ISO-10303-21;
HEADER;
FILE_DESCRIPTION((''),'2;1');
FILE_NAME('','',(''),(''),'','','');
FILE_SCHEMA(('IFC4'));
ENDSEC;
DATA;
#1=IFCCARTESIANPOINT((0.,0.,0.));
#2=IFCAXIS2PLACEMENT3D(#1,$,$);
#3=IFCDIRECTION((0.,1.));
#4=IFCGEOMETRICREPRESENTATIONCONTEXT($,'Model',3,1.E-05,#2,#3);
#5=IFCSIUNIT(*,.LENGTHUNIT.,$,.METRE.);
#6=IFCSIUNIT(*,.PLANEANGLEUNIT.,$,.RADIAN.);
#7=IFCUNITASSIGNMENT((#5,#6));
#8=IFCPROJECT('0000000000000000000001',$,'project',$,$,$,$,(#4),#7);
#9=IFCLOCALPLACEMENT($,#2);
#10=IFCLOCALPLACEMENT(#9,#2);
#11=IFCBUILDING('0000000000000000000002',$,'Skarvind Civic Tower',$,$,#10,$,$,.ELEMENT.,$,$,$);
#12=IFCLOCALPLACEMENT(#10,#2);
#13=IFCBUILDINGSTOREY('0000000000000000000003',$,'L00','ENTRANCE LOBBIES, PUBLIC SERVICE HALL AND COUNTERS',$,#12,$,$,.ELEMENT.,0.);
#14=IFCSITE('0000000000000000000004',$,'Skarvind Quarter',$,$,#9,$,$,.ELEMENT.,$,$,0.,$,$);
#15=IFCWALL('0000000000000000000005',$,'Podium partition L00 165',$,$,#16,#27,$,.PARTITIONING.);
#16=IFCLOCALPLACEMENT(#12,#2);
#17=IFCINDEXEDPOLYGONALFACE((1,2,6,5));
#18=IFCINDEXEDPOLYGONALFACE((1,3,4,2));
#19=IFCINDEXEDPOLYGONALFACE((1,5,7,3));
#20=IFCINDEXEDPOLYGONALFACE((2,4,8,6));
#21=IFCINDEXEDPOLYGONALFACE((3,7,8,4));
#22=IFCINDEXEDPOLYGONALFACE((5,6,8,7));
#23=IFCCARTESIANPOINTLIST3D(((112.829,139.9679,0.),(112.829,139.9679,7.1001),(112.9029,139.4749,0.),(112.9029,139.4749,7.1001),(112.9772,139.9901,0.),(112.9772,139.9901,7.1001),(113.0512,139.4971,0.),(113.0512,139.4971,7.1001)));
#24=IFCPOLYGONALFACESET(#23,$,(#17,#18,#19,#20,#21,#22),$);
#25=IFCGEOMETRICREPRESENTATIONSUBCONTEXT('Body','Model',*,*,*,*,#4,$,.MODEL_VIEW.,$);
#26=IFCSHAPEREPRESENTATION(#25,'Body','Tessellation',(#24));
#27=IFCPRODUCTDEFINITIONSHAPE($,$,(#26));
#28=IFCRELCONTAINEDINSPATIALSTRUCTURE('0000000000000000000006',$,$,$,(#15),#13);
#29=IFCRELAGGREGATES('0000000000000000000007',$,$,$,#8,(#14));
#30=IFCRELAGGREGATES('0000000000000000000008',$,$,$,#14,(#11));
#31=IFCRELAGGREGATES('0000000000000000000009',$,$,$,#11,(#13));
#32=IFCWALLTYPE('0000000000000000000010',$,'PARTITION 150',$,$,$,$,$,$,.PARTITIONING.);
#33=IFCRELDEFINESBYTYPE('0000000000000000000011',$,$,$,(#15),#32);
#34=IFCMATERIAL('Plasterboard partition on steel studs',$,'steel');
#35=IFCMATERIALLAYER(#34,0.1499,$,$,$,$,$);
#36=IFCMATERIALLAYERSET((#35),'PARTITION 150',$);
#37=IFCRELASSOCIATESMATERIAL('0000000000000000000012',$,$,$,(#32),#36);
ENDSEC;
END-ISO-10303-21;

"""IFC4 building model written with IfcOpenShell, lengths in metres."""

from ifc_helpers import new_model, si_unit, direction, frame, frame_2d, origin, place, context, subcontext, project, spatial, rectangle, extrude, material, layer, layer_set, type_object, element, save


model = new_model("IFC4")

# Units and contexts
model_context = context("Model", 3, precision=1e-05, world=origin(), true_north=direction((0.0, 1.0)))
body_context = subcontext(model_context, "Body", "Model", "MODEL_VIEW")
ifc_project = project(units=[si_unit("LENGTHUNIT", "METRE"), si_unit("PLANEANGLEUNIT", "RADIAN")], contexts=[model_context])

# Site, building, storey
site_placement = place(None, origin())
site = spatial("IfcSite", under=ifc_project, at=site_placement, Name="Skarvind Quarter", CompositionType="ELEMENT", RefElevation=0.0)
building_placement = place(site_placement, origin())
building = spatial("IfcBuilding", under=site, at=building_placement, Name="Skarvind Civic Tower", CompositionType="ELEMENT")
storey_placement = place(building_placement, origin())
storey = spatial("IfcBuildingStorey", under=building, at=storey_placement, Name="L00", Description="ENTRANCE LOBBIES, PUBLIC SERVICE HALL AND COUNTERS", CompositionType="ELEMENT", Elevation=0.0)

# Shared definitions
ifc_material_1 = material(Name="Plasterboard partition on steel studs", Category="steel")
ifc_layer_1 = layer(ifc_material_1, 0.1499)
ifc_layer_set_1 = layer_set([ifc_layer_1], Name="PARTITION 150")
wall_type_1 = type_object("IfcWallType", Name="PARTITION 150", PredefinedType="PARTITIONING", material=ifc_layer_set_1)

# Wall
wall_1_placement = place(storey_placement, frame((112.9031, 139.979, 0.0), z_axis=(0.0, 0.0, 1.0), x_axis=(0.148412, -0.988926, 0.0)))
element("IfcWall", 1, at=wall_1_placement, inside=storey, type_object=wall_type_1, Name="Podium partition L00 165", PredefinedType="PARTITIONING", context=body_context, shape_type="SweptSolid", body=[
    extrude(rectangle(XDim=0.4985, YDim=0.1499, at=frame_2d((0.2493, 0.0))), origin(), (0.0, 0.0, 1.0), 7.1001),
])

save(model, "model.ifc")
